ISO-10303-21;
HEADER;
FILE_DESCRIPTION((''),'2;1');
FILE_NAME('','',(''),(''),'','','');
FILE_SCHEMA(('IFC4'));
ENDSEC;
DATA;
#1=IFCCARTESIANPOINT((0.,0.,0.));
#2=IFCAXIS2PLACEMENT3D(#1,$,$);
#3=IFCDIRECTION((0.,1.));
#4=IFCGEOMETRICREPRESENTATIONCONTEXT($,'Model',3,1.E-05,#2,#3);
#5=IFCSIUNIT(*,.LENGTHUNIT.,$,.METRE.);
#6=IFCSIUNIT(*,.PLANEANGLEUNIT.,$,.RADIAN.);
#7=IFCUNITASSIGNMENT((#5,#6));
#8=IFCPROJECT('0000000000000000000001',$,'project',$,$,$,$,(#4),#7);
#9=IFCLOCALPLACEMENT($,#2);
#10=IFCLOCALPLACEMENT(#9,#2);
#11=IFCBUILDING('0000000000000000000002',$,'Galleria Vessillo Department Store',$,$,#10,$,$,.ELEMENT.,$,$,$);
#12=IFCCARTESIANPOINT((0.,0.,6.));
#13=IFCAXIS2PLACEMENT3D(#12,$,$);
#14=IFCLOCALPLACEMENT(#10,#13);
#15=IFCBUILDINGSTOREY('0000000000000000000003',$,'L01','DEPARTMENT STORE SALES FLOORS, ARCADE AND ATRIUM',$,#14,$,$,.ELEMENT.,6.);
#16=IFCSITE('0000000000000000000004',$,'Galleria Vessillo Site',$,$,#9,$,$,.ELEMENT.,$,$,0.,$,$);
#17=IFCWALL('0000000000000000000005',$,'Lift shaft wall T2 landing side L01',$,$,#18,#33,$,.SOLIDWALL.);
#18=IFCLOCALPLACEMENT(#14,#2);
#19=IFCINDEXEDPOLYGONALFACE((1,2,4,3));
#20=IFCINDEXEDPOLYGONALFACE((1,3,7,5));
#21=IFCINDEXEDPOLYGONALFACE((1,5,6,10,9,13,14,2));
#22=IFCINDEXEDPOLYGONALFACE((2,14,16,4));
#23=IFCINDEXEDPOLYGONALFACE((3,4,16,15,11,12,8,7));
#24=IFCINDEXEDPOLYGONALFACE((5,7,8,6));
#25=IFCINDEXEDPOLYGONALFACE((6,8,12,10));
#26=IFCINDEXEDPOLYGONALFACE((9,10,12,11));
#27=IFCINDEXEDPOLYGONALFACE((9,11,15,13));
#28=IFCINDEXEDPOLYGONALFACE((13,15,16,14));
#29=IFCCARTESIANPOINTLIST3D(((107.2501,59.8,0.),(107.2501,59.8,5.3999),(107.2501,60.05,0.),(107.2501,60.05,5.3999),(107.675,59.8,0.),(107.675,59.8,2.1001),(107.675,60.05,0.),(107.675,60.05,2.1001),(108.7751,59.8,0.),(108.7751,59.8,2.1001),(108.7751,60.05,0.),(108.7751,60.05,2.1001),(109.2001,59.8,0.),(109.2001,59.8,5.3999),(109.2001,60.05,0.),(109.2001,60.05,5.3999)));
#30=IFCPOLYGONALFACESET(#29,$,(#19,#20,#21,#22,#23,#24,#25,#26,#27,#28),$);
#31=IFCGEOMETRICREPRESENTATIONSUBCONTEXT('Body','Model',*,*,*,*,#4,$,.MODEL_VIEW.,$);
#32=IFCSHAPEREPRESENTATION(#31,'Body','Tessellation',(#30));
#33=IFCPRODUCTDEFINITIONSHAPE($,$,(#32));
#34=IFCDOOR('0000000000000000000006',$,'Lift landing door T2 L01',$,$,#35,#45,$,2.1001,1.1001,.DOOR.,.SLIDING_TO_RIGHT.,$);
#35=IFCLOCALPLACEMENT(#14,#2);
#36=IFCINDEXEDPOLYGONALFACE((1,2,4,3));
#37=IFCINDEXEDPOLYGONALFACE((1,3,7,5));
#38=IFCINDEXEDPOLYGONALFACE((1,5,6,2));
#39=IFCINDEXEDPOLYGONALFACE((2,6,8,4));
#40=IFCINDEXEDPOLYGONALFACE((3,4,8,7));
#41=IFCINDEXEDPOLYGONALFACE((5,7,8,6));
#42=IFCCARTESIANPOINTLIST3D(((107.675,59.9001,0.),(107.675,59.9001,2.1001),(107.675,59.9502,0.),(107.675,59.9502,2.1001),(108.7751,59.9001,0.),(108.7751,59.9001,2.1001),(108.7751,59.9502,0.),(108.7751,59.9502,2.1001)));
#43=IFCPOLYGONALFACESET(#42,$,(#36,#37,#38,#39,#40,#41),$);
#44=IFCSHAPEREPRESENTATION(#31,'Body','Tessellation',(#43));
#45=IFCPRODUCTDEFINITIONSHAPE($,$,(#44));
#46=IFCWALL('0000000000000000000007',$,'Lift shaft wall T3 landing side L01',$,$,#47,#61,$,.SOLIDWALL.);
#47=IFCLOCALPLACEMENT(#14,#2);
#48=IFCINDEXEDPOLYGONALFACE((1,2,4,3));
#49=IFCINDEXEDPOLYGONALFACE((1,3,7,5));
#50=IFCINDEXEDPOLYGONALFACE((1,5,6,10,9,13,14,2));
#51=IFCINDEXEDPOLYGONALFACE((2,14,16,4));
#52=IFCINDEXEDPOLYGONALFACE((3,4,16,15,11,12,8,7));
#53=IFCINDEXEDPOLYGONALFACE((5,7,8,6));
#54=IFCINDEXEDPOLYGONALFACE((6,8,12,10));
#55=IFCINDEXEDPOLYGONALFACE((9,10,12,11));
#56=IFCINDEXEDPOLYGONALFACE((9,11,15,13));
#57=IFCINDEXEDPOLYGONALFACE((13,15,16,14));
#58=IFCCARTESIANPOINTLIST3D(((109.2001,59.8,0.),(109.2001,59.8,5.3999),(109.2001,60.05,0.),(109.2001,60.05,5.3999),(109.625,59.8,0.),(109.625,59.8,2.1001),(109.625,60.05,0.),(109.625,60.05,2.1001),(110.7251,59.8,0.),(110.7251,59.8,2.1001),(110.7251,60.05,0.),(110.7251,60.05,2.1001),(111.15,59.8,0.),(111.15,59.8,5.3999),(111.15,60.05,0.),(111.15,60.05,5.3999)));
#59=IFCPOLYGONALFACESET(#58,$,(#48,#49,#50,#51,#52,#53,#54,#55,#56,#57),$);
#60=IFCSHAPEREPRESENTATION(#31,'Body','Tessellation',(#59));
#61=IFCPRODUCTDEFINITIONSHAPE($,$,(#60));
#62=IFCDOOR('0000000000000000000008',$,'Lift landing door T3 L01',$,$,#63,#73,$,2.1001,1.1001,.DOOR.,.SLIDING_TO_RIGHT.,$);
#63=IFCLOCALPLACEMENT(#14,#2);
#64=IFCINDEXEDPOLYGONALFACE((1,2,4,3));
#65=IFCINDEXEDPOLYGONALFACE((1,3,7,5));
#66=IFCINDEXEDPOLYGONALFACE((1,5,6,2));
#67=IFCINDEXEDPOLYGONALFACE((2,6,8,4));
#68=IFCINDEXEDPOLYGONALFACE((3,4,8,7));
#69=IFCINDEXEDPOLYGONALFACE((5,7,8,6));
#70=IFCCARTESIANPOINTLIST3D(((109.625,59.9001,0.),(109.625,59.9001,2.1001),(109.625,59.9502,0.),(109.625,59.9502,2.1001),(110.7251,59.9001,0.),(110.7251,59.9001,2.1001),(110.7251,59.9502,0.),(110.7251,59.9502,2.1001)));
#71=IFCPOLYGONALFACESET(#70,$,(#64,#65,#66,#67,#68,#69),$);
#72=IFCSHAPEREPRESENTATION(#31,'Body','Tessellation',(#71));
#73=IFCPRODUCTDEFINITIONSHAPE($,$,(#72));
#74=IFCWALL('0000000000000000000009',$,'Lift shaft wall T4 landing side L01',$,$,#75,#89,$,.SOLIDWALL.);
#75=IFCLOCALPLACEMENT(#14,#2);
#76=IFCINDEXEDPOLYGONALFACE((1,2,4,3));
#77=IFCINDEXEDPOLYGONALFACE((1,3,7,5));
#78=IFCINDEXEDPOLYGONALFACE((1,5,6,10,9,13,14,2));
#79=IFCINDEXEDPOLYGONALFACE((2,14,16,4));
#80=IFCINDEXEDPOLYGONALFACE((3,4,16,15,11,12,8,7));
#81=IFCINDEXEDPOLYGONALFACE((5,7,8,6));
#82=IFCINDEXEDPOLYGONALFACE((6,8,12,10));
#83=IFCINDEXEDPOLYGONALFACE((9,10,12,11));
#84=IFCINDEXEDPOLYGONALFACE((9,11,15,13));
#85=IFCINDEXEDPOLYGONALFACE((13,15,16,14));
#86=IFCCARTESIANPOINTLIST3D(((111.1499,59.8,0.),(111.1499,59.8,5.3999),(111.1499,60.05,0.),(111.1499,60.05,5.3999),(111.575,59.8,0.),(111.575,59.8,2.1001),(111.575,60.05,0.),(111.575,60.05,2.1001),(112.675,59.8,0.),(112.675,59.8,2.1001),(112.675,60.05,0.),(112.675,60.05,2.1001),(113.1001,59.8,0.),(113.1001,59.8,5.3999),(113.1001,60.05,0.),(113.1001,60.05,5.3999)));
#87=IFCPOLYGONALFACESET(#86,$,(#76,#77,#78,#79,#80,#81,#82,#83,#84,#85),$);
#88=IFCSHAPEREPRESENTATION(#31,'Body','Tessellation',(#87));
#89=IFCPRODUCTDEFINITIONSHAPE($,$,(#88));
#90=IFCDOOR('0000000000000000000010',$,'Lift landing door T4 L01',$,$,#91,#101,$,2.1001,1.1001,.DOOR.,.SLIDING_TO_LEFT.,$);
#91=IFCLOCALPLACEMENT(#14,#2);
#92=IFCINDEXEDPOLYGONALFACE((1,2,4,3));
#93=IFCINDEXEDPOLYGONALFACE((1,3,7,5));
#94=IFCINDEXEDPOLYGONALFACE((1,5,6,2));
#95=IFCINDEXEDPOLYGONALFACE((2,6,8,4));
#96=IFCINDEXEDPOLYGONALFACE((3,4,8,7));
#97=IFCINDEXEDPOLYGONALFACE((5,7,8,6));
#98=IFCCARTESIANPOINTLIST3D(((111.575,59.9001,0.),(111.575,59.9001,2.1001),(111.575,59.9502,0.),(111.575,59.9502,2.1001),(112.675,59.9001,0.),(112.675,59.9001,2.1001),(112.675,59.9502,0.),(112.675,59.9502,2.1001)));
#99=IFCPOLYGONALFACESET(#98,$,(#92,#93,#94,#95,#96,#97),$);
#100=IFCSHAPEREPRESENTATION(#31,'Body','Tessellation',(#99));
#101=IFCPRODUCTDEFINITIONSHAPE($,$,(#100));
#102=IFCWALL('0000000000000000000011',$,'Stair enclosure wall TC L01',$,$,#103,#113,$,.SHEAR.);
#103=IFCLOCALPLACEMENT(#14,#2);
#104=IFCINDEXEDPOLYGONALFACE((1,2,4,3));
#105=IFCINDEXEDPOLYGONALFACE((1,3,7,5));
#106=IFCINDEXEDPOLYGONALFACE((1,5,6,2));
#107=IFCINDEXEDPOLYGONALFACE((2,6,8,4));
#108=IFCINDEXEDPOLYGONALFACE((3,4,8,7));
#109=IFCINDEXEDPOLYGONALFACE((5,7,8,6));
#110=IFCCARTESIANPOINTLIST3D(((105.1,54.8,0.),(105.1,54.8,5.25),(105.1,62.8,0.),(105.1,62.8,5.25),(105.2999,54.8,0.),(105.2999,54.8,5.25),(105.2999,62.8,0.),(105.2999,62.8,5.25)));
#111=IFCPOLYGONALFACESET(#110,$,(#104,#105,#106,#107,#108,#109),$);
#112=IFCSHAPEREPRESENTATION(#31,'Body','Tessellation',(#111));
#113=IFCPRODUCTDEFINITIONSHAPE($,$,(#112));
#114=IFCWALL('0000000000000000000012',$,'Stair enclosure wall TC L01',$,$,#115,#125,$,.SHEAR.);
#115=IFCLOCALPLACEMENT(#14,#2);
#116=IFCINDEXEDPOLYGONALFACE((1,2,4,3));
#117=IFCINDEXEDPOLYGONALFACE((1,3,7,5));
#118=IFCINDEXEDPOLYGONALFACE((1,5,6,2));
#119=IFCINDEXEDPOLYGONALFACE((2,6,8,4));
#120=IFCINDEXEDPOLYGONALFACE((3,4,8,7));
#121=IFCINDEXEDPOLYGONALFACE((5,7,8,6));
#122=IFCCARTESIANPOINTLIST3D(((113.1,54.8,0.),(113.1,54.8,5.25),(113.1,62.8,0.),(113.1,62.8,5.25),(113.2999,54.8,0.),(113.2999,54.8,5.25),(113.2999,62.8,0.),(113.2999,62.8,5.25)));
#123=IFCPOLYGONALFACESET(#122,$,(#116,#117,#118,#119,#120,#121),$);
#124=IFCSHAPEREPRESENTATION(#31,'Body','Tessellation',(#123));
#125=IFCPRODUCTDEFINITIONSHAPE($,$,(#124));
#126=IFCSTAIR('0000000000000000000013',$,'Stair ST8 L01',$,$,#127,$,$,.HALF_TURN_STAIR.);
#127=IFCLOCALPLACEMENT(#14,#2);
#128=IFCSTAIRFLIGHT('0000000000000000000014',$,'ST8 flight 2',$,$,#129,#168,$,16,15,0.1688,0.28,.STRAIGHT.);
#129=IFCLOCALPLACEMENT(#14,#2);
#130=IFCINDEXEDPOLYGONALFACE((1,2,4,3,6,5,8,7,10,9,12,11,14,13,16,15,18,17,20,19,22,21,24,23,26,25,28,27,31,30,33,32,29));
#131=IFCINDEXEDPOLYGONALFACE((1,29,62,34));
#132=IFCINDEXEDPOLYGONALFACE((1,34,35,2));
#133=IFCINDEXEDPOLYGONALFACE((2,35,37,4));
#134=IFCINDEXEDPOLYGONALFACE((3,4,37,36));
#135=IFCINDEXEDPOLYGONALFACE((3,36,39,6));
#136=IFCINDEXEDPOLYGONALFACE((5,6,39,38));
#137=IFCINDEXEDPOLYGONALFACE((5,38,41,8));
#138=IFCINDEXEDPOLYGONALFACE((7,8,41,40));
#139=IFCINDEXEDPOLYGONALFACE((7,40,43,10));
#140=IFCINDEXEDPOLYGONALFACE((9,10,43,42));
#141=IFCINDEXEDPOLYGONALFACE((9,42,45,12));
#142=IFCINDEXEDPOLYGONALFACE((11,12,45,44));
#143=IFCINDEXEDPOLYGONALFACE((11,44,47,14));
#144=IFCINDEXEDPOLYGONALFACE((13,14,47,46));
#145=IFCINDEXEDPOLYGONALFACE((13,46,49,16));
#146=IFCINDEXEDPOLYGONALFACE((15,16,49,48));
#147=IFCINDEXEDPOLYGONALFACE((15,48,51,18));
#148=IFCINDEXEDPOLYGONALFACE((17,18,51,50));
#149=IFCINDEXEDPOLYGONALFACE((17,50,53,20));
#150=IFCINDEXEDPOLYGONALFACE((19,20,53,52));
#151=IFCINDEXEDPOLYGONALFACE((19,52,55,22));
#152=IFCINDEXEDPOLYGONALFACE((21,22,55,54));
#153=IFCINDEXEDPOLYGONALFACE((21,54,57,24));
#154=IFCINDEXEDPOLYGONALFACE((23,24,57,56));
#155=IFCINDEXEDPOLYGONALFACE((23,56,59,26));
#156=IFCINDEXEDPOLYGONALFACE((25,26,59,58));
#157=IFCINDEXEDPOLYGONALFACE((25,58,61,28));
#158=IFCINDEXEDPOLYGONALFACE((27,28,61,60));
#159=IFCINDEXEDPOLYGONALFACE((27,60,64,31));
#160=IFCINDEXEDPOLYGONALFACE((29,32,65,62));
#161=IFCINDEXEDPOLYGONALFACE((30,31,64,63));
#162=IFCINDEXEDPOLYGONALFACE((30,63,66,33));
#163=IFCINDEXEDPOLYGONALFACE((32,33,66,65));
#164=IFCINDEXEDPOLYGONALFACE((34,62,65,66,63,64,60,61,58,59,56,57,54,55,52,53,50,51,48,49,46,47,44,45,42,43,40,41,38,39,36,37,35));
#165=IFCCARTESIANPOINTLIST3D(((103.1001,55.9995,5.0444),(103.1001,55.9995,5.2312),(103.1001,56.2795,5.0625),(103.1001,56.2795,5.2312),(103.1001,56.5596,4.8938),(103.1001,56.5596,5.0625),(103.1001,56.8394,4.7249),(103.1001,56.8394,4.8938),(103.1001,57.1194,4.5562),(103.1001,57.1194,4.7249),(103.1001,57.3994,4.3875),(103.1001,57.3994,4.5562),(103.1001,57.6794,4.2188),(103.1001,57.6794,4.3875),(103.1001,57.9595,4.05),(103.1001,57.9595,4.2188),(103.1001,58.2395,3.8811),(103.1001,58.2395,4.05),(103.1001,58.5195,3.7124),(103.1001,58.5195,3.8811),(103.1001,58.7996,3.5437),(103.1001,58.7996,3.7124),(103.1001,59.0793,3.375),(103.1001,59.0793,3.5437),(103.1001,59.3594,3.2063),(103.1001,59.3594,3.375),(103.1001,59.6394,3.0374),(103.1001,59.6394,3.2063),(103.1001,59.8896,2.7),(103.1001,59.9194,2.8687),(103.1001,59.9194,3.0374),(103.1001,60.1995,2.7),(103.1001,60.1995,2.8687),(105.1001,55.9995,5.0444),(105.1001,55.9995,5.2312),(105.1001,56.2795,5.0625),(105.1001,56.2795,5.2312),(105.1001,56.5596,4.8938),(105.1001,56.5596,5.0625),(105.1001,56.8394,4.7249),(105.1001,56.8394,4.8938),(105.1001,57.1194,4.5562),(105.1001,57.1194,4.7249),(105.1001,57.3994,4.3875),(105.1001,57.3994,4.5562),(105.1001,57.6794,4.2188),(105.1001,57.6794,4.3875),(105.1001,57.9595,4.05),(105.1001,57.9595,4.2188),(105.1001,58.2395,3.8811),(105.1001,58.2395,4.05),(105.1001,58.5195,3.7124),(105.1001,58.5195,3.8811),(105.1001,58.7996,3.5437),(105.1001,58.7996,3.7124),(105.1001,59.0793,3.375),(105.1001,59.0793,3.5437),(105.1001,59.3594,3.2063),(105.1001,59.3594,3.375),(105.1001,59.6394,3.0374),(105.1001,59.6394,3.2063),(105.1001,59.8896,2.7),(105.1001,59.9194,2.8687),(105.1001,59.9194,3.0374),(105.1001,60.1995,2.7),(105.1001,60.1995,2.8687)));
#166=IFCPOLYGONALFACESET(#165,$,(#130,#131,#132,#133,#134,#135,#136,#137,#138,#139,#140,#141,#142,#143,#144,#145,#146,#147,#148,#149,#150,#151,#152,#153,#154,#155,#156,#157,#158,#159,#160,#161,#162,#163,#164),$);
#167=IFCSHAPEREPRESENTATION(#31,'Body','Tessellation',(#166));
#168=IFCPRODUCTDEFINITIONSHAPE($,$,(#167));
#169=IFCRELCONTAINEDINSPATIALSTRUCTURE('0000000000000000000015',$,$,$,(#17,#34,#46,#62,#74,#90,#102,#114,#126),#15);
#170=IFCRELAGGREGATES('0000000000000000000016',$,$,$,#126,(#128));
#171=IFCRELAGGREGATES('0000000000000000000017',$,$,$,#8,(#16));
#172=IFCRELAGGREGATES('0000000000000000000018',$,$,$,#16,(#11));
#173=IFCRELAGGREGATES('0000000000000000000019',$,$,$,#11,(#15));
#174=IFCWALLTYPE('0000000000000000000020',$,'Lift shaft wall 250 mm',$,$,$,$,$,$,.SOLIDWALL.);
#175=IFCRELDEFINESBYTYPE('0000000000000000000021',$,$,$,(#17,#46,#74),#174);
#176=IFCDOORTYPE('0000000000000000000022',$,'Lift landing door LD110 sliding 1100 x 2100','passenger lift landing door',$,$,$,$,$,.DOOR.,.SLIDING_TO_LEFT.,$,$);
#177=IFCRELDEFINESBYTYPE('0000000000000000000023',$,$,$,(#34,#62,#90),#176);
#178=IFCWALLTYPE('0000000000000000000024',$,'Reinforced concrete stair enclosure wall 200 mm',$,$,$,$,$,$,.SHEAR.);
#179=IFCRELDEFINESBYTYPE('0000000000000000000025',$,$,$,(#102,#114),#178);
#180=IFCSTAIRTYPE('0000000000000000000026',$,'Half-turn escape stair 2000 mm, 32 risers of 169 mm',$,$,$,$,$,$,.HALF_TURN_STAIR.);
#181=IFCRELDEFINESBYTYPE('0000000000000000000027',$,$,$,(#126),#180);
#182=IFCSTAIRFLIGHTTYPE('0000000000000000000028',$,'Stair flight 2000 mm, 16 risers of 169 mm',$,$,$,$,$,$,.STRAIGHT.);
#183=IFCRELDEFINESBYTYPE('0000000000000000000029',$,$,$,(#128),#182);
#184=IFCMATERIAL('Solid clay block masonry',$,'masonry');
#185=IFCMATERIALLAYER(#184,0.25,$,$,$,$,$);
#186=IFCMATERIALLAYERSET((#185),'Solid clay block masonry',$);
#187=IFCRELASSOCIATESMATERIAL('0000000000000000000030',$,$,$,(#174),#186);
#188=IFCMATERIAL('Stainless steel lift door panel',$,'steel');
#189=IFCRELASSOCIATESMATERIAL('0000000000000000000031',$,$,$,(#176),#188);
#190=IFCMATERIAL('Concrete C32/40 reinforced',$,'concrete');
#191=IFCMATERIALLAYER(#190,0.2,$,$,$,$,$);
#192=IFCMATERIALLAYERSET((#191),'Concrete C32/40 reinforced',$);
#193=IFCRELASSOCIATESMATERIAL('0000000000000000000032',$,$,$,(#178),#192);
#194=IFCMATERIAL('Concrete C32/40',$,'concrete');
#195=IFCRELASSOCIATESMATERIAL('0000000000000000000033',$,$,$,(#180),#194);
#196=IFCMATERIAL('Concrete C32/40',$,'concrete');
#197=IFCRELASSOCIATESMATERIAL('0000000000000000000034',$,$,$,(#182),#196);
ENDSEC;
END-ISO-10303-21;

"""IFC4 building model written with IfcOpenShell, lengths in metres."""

from ifc_helpers import new_model, si_unit, direction, frame, frame_2d, origin, place, context, subcontext, project, spatial, polyline, rectangle, outline, extrude, material, layer, layer_set, type_object, element, fill, aggregate, save


model = new_model("IFC4")

# Units and contexts
model_context = context("Model", 3, precision=1e-05, world=origin(), true_north=direction((0.0, 1.0)))
body_context = subcontext(model_context, "Body", "Model", "MODEL_VIEW")
ifc_project = project(units=[si_unit("LENGTHUNIT", "METRE"), si_unit("PLANEANGLEUNIT", "RADIAN")], contexts=[model_context])

# Site, building, storey
site_placement = place(None, origin())
site = spatial("IfcSite", under=ifc_project, at=site_placement, Name="Galleria Vessillo Site", CompositionType="ELEMENT", RefElevation=0.0)
building_placement = place(site_placement, origin())
building = spatial("IfcBuilding", under=site, at=building_placement, Name="Galleria Vessillo Department Store", CompositionType="ELEMENT")
storey_placement = place(building_placement, frame((0.0, 0.0, 6.0)))
storey = spatial("IfcBuildingStorey", under=building, at=storey_placement, Name="L01", Description="DEPARTMENT STORE SALES FLOORS, ARCADE AND ATRIUM", CompositionType="ELEMENT", Elevation=6.0)

# Walls, openings, doors
ifc_material_1 = material(Name="Solid clay block masonry", Category="masonry")
ifc_layer_1 = layer(ifc_material_1, 0.25)
ifc_layer_set_1 = layer_set([ifc_layer_1], Name="Solid clay block masonry")
wall_type_1 = type_object("IfcWallType", Name="Lift shaft wall 250 mm", PredefinedType="SOLIDWALL", material=ifc_layer_set_1)
ifc_material_2 = material(Name="Stainless steel lift door panel", Category="steel")
door_type = type_object("IfcDoorType", Name="Lift landing door LD110 sliding 1100 x 2100", Description="passenger lift landing door", OperationType="SLIDING_TO_LEFT", PredefinedType="DOOR", material=ifc_material_2)
wall_1_placement = place(storey_placement, frame((107.25, 59.925, 0.0), z_axis=(0.0, 0.0, 1.0), x_axis=(1.0, 0.0, 0.0)))
wall_1 = element("IfcWall", 1, at=wall_1_placement, inside=storey, type_object=wall_type_1, Name="Lift shaft wall T2 landing side L01", PredefinedType="SOLIDWALL", context=body_context, shape_type="SweptSolid", body=[
    extrude(rectangle(XDim=1.95, YDim=0.25, at=frame_2d((0.9751, 0.0))), origin(), (0.0, 0.0, 1.0), 5.3999),
])
opening_1_placement = place(wall_1_placement, frame((0.425, 0.0, 0.0)))
opening_1 = element("IfcOpeningElement", 2, at=opening_1_placement, cuts=wall_1, PredefinedType="OPENING", context=body_context, shape_type="SweptSolid", body=[
    extrude(rectangle(XDim=1.1001, YDim=2.1001, at=frame_2d((0.55, 1.05))), frame((0.0, 0.135, 0.0), z_axis=(0.0, -1.0, 0.0), x_axis=(1.0, 0.0, 0.0)), (0.0, 0.0, 1.0), 0.27),
])
door_1_placement = place(opening_1_placement, frame((1.1001, 0.0, 0.0), z_axis=(0.0, 0.0, 1.0), x_axis=(-1.0, 0.0, 0.0)))
door_1 = element("IfcDoor", 3, at=door_1_placement, inside=storey, type_object=door_type, Name="Lift landing door T2 L01", OperationType="SLIDING_TO_RIGHT", OverallHeight=2.1001, OverallWidth=1.1001, PredefinedType="DOOR", context=body_context, shape_type="SweptSolid", body=[
    extrude(rectangle(XDim=1.1001, YDim=2.1001, at=frame_2d((0.55, 1.05))), frame((0.0, 0.0249, 0.0), z_axis=(0.0, -1.0, 0.0), x_axis=(1.0, 0.0, 0.0)), (0.0, 0.0, 1.0), 0.05),
])
fill(opening_1, door_1)
wall_2_placement = place(storey_placement, frame((109.2, 59.925, 0.0), z_axis=(0.0, 0.0, 1.0), x_axis=(1.0, 0.0, 0.0)))
wall_2 = element("IfcWall", 4, at=wall_2_placement, inside=storey, type_object=wall_type_1, Name="Lift shaft wall T3 landing side L01", PredefinedType="SOLIDWALL", context=body_context, shape_type="SweptSolid", body=[
    extrude(rectangle(XDim=1.95, YDim=0.25, at=frame_2d((0.9751, 0.0))), origin(), (0.0, 0.0, 1.0), 5.3999),
])
opening_2_placement = place(wall_2_placement, frame((0.425, 0.0, 0.0)))
opening_2 = element("IfcOpeningElement", 5, at=opening_2_placement, cuts=wall_2, PredefinedType="OPENING", context=body_context, shape_type="SweptSolid", body=[
    extrude(rectangle(XDim=1.1001, YDim=2.1001, at=frame_2d((0.55, 1.05))), frame((0.0, 0.135, 0.0), z_axis=(0.0, -1.0, 0.0), x_axis=(1.0, 0.0, 0.0)), (0.0, 0.0, 1.0), 0.27),
])
door_2_placement = place(opening_2_placement, frame((1.1001, 0.0, 0.0), z_axis=(0.0, 0.0, 1.0), x_axis=(-1.0, 0.0, 0.0)))
door_2 = element("IfcDoor", 6, at=door_2_placement, inside=storey, type_object=door_type, Name="Lift landing door T3 L01", OperationType="SLIDING_TO_RIGHT", OverallHeight=2.1001, OverallWidth=1.1001, PredefinedType="DOOR", context=body_context, shape_type="SweptSolid", body=[
    extrude(rectangle(XDim=1.1001, YDim=2.1001, at=frame_2d((0.55, 1.05))), frame((0.0, 0.0249, 0.0), z_axis=(0.0, -1.0, 0.0), x_axis=(1.0, 0.0, 0.0)), (0.0, 0.0, 1.0), 0.05),
])
fill(opening_2, door_2)
wall_3_placement = place(storey_placement, frame((111.1499, 59.925, 0.0), z_axis=(0.0, 0.0, 1.0), x_axis=(1.0, 0.0, 0.0)))
wall_3 = element("IfcWall", 7, at=wall_3_placement, inside=storey, type_object=wall_type_1, Name="Lift shaft wall T4 landing side L01", PredefinedType="SOLIDWALL", context=body_context, shape_type="SweptSolid", body=[
    extrude(rectangle(XDim=1.9502, YDim=0.25, at=frame_2d((0.9751, 0.0))), origin(), (0.0, 0.0, 1.0), 5.3999),
])
opening_3_placement = place(wall_3_placement, frame((0.425, 0.0, 0.0)))
opening_3 = element("IfcOpeningElement", 8, at=opening_3_placement, cuts=wall_3, PredefinedType="OPENING", context=body_context, shape_type="SweptSolid", body=[
    extrude(rectangle(XDim=1.1001, YDim=2.1001, at=frame_2d((0.55, 1.05))), frame((0.0, 0.135, 0.0), z_axis=(0.0, -1.0, 0.0), x_axis=(1.0, 0.0, 0.0)), (0.0, 0.0, 1.0), 0.27),
])
door_3_placement = place(opening_3_placement, frame((1.1001, 0.0, 0.0), z_axis=(0.0, 0.0, 1.0), x_axis=(-1.0, 0.0, 0.0)))
door_3 = element("IfcDoor", 9, at=door_3_placement, inside=storey, type_object=door_type, Name="Lift landing door T4 L01", OperationType="SLIDING_TO_LEFT", OverallHeight=2.1001, OverallWidth=1.1001, PredefinedType="DOOR", context=body_context, shape_type="SweptSolid", body=[
    extrude(rectangle(XDim=1.1001, YDim=2.1001, at=frame_2d((0.55, 1.05))), frame((0.0, 0.0249, 0.0), z_axis=(0.0, -1.0, 0.0), x_axis=(1.0, 0.0, 0.0)), (0.0, 0.0, 1.0), 0.05),
])
fill(opening_3, door_3)

# Walls
ifc_material_3 = material(Name="Concrete C32/40 reinforced", Category="concrete")
ifc_layer_2 = layer(ifc_material_3, 0.2)
ifc_layer_set_2 = layer_set([ifc_layer_2], Name="Concrete C32/40 reinforced")
wall_type_2 = type_object("IfcWallType", Name="Reinforced concrete stair enclosure wall 200 mm", PredefinedType="SHEAR", material=ifc_layer_set_2)
for number, where, z_axis, x_axis, name in (
    (10, (105.2, 62.8, 0.0), (0.0, 0.0, 1.0), (0.0, -1.0, 0.0), "Stair enclosure wall TC L01"),
    (11, (113.2, 62.8, 0.0), (0.0, 0.0, 1.0), (0.0, -1.0, 0.0), "Stair enclosure wall TC L01"),
):
    element("IfcWall", number, at=place(storey_placement, frame(where, z_axis=z_axis, x_axis=x_axis)), inside=storey, type_object=wall_type_2, Name=name, PredefinedType="SHEAR", context=body_context, shape_type="SweptSolid", body=[
        extrude(rectangle(XDim=8.0, YDim=0.2, at=frame_2d((4.0, 0.0))), origin(), (0.0, 0.0, 1.0), 5.25),
    ])

# Stair, stair flight
ifc_material_4 = material(Name="Concrete C32/40", Category="concrete")
stair_type = type_object("IfcStairType", Name="Half-turn escape stair 2000 mm, 32 risers of 169 mm", PredefinedType="HALF_TURN_STAIR", material=ifc_material_4)
stair_1_placement = place(storey_placement, origin())
stair_1 = element("IfcStair", 12, at=stair_1_placement, inside=storey, type_object=stair_type, Name="Stair ST8 L01", PredefinedType="HALF_TURN_STAIR")
ifc_material_5 = material(Name="Concrete C32/40", Category="concrete")
stair_flight_type = type_object("IfcStairFlightType", Name="Stair flight 2000 mm, 16 risers of 169 mm", PredefinedType="STRAIGHT", material=ifc_material_5)
stair_flight_1_placement = place(storey_placement, frame((104.1001, 60.1995, 2.7), z_axis=(0.0, 0.0, 1.0), x_axis=(0.0, -1.0, 0.0)))
stair_flight_1 = element("IfcStairFlight", 13, at=stair_flight_1_placement, type_object=stair_flight_type, Name="ST8 flight 2", NumberOfRisers=16, NumberOfTreads=15, PredefinedType="STRAIGHT", RiserHeight=0.1688, TreadLength=0.28, context=body_context, shape_type="SweptSolid", body=[
    extrude(outline(polyline([(0.0, 0.0), (0.0, 0.1687), (0.28, 0.1687), (0.28, 0.3374), (0.5601, 0.3374), (0.5601, 0.5063), (0.8401, 0.5063), (0.8401, 0.675), (1.1201, 0.675), (1.1201, 0.8438), (1.3999, 0.8438), (1.3999, 1.0125), (1.6799, 1.0125), (1.6799, 1.1812), (1.96, 1.1812), (1.96, 1.3501), (2.24, 1.3501), (2.24, 1.5188), (2.52, 1.5188), (2.52, 1.6875), (2.8, 1.6875), (2.8, 1.8562), (3.0801, 1.8562), (3.0801, 2.0249), (3.3601, 2.0249), (3.3601, 2.1938), (3.6399, 2.1938), (3.6399, 2.3625), (3.9199, 2.3625), (3.9199, 2.5312), (4.2, 2.5312), (4.2, 2.7), (4.2, 2.3445), (0.3098, 0.0), (0.0, 0.0)])), frame((0.0, 1.0, 0.0), z_axis=(0.0, -1.0, 0.0), x_axis=(1.0, 0.0, 0.0)), (0.0, 0.0, 1.0), 2.0),
])
aggregate(stair_1, [stair_flight_1])

save(model, "model.ifc")
